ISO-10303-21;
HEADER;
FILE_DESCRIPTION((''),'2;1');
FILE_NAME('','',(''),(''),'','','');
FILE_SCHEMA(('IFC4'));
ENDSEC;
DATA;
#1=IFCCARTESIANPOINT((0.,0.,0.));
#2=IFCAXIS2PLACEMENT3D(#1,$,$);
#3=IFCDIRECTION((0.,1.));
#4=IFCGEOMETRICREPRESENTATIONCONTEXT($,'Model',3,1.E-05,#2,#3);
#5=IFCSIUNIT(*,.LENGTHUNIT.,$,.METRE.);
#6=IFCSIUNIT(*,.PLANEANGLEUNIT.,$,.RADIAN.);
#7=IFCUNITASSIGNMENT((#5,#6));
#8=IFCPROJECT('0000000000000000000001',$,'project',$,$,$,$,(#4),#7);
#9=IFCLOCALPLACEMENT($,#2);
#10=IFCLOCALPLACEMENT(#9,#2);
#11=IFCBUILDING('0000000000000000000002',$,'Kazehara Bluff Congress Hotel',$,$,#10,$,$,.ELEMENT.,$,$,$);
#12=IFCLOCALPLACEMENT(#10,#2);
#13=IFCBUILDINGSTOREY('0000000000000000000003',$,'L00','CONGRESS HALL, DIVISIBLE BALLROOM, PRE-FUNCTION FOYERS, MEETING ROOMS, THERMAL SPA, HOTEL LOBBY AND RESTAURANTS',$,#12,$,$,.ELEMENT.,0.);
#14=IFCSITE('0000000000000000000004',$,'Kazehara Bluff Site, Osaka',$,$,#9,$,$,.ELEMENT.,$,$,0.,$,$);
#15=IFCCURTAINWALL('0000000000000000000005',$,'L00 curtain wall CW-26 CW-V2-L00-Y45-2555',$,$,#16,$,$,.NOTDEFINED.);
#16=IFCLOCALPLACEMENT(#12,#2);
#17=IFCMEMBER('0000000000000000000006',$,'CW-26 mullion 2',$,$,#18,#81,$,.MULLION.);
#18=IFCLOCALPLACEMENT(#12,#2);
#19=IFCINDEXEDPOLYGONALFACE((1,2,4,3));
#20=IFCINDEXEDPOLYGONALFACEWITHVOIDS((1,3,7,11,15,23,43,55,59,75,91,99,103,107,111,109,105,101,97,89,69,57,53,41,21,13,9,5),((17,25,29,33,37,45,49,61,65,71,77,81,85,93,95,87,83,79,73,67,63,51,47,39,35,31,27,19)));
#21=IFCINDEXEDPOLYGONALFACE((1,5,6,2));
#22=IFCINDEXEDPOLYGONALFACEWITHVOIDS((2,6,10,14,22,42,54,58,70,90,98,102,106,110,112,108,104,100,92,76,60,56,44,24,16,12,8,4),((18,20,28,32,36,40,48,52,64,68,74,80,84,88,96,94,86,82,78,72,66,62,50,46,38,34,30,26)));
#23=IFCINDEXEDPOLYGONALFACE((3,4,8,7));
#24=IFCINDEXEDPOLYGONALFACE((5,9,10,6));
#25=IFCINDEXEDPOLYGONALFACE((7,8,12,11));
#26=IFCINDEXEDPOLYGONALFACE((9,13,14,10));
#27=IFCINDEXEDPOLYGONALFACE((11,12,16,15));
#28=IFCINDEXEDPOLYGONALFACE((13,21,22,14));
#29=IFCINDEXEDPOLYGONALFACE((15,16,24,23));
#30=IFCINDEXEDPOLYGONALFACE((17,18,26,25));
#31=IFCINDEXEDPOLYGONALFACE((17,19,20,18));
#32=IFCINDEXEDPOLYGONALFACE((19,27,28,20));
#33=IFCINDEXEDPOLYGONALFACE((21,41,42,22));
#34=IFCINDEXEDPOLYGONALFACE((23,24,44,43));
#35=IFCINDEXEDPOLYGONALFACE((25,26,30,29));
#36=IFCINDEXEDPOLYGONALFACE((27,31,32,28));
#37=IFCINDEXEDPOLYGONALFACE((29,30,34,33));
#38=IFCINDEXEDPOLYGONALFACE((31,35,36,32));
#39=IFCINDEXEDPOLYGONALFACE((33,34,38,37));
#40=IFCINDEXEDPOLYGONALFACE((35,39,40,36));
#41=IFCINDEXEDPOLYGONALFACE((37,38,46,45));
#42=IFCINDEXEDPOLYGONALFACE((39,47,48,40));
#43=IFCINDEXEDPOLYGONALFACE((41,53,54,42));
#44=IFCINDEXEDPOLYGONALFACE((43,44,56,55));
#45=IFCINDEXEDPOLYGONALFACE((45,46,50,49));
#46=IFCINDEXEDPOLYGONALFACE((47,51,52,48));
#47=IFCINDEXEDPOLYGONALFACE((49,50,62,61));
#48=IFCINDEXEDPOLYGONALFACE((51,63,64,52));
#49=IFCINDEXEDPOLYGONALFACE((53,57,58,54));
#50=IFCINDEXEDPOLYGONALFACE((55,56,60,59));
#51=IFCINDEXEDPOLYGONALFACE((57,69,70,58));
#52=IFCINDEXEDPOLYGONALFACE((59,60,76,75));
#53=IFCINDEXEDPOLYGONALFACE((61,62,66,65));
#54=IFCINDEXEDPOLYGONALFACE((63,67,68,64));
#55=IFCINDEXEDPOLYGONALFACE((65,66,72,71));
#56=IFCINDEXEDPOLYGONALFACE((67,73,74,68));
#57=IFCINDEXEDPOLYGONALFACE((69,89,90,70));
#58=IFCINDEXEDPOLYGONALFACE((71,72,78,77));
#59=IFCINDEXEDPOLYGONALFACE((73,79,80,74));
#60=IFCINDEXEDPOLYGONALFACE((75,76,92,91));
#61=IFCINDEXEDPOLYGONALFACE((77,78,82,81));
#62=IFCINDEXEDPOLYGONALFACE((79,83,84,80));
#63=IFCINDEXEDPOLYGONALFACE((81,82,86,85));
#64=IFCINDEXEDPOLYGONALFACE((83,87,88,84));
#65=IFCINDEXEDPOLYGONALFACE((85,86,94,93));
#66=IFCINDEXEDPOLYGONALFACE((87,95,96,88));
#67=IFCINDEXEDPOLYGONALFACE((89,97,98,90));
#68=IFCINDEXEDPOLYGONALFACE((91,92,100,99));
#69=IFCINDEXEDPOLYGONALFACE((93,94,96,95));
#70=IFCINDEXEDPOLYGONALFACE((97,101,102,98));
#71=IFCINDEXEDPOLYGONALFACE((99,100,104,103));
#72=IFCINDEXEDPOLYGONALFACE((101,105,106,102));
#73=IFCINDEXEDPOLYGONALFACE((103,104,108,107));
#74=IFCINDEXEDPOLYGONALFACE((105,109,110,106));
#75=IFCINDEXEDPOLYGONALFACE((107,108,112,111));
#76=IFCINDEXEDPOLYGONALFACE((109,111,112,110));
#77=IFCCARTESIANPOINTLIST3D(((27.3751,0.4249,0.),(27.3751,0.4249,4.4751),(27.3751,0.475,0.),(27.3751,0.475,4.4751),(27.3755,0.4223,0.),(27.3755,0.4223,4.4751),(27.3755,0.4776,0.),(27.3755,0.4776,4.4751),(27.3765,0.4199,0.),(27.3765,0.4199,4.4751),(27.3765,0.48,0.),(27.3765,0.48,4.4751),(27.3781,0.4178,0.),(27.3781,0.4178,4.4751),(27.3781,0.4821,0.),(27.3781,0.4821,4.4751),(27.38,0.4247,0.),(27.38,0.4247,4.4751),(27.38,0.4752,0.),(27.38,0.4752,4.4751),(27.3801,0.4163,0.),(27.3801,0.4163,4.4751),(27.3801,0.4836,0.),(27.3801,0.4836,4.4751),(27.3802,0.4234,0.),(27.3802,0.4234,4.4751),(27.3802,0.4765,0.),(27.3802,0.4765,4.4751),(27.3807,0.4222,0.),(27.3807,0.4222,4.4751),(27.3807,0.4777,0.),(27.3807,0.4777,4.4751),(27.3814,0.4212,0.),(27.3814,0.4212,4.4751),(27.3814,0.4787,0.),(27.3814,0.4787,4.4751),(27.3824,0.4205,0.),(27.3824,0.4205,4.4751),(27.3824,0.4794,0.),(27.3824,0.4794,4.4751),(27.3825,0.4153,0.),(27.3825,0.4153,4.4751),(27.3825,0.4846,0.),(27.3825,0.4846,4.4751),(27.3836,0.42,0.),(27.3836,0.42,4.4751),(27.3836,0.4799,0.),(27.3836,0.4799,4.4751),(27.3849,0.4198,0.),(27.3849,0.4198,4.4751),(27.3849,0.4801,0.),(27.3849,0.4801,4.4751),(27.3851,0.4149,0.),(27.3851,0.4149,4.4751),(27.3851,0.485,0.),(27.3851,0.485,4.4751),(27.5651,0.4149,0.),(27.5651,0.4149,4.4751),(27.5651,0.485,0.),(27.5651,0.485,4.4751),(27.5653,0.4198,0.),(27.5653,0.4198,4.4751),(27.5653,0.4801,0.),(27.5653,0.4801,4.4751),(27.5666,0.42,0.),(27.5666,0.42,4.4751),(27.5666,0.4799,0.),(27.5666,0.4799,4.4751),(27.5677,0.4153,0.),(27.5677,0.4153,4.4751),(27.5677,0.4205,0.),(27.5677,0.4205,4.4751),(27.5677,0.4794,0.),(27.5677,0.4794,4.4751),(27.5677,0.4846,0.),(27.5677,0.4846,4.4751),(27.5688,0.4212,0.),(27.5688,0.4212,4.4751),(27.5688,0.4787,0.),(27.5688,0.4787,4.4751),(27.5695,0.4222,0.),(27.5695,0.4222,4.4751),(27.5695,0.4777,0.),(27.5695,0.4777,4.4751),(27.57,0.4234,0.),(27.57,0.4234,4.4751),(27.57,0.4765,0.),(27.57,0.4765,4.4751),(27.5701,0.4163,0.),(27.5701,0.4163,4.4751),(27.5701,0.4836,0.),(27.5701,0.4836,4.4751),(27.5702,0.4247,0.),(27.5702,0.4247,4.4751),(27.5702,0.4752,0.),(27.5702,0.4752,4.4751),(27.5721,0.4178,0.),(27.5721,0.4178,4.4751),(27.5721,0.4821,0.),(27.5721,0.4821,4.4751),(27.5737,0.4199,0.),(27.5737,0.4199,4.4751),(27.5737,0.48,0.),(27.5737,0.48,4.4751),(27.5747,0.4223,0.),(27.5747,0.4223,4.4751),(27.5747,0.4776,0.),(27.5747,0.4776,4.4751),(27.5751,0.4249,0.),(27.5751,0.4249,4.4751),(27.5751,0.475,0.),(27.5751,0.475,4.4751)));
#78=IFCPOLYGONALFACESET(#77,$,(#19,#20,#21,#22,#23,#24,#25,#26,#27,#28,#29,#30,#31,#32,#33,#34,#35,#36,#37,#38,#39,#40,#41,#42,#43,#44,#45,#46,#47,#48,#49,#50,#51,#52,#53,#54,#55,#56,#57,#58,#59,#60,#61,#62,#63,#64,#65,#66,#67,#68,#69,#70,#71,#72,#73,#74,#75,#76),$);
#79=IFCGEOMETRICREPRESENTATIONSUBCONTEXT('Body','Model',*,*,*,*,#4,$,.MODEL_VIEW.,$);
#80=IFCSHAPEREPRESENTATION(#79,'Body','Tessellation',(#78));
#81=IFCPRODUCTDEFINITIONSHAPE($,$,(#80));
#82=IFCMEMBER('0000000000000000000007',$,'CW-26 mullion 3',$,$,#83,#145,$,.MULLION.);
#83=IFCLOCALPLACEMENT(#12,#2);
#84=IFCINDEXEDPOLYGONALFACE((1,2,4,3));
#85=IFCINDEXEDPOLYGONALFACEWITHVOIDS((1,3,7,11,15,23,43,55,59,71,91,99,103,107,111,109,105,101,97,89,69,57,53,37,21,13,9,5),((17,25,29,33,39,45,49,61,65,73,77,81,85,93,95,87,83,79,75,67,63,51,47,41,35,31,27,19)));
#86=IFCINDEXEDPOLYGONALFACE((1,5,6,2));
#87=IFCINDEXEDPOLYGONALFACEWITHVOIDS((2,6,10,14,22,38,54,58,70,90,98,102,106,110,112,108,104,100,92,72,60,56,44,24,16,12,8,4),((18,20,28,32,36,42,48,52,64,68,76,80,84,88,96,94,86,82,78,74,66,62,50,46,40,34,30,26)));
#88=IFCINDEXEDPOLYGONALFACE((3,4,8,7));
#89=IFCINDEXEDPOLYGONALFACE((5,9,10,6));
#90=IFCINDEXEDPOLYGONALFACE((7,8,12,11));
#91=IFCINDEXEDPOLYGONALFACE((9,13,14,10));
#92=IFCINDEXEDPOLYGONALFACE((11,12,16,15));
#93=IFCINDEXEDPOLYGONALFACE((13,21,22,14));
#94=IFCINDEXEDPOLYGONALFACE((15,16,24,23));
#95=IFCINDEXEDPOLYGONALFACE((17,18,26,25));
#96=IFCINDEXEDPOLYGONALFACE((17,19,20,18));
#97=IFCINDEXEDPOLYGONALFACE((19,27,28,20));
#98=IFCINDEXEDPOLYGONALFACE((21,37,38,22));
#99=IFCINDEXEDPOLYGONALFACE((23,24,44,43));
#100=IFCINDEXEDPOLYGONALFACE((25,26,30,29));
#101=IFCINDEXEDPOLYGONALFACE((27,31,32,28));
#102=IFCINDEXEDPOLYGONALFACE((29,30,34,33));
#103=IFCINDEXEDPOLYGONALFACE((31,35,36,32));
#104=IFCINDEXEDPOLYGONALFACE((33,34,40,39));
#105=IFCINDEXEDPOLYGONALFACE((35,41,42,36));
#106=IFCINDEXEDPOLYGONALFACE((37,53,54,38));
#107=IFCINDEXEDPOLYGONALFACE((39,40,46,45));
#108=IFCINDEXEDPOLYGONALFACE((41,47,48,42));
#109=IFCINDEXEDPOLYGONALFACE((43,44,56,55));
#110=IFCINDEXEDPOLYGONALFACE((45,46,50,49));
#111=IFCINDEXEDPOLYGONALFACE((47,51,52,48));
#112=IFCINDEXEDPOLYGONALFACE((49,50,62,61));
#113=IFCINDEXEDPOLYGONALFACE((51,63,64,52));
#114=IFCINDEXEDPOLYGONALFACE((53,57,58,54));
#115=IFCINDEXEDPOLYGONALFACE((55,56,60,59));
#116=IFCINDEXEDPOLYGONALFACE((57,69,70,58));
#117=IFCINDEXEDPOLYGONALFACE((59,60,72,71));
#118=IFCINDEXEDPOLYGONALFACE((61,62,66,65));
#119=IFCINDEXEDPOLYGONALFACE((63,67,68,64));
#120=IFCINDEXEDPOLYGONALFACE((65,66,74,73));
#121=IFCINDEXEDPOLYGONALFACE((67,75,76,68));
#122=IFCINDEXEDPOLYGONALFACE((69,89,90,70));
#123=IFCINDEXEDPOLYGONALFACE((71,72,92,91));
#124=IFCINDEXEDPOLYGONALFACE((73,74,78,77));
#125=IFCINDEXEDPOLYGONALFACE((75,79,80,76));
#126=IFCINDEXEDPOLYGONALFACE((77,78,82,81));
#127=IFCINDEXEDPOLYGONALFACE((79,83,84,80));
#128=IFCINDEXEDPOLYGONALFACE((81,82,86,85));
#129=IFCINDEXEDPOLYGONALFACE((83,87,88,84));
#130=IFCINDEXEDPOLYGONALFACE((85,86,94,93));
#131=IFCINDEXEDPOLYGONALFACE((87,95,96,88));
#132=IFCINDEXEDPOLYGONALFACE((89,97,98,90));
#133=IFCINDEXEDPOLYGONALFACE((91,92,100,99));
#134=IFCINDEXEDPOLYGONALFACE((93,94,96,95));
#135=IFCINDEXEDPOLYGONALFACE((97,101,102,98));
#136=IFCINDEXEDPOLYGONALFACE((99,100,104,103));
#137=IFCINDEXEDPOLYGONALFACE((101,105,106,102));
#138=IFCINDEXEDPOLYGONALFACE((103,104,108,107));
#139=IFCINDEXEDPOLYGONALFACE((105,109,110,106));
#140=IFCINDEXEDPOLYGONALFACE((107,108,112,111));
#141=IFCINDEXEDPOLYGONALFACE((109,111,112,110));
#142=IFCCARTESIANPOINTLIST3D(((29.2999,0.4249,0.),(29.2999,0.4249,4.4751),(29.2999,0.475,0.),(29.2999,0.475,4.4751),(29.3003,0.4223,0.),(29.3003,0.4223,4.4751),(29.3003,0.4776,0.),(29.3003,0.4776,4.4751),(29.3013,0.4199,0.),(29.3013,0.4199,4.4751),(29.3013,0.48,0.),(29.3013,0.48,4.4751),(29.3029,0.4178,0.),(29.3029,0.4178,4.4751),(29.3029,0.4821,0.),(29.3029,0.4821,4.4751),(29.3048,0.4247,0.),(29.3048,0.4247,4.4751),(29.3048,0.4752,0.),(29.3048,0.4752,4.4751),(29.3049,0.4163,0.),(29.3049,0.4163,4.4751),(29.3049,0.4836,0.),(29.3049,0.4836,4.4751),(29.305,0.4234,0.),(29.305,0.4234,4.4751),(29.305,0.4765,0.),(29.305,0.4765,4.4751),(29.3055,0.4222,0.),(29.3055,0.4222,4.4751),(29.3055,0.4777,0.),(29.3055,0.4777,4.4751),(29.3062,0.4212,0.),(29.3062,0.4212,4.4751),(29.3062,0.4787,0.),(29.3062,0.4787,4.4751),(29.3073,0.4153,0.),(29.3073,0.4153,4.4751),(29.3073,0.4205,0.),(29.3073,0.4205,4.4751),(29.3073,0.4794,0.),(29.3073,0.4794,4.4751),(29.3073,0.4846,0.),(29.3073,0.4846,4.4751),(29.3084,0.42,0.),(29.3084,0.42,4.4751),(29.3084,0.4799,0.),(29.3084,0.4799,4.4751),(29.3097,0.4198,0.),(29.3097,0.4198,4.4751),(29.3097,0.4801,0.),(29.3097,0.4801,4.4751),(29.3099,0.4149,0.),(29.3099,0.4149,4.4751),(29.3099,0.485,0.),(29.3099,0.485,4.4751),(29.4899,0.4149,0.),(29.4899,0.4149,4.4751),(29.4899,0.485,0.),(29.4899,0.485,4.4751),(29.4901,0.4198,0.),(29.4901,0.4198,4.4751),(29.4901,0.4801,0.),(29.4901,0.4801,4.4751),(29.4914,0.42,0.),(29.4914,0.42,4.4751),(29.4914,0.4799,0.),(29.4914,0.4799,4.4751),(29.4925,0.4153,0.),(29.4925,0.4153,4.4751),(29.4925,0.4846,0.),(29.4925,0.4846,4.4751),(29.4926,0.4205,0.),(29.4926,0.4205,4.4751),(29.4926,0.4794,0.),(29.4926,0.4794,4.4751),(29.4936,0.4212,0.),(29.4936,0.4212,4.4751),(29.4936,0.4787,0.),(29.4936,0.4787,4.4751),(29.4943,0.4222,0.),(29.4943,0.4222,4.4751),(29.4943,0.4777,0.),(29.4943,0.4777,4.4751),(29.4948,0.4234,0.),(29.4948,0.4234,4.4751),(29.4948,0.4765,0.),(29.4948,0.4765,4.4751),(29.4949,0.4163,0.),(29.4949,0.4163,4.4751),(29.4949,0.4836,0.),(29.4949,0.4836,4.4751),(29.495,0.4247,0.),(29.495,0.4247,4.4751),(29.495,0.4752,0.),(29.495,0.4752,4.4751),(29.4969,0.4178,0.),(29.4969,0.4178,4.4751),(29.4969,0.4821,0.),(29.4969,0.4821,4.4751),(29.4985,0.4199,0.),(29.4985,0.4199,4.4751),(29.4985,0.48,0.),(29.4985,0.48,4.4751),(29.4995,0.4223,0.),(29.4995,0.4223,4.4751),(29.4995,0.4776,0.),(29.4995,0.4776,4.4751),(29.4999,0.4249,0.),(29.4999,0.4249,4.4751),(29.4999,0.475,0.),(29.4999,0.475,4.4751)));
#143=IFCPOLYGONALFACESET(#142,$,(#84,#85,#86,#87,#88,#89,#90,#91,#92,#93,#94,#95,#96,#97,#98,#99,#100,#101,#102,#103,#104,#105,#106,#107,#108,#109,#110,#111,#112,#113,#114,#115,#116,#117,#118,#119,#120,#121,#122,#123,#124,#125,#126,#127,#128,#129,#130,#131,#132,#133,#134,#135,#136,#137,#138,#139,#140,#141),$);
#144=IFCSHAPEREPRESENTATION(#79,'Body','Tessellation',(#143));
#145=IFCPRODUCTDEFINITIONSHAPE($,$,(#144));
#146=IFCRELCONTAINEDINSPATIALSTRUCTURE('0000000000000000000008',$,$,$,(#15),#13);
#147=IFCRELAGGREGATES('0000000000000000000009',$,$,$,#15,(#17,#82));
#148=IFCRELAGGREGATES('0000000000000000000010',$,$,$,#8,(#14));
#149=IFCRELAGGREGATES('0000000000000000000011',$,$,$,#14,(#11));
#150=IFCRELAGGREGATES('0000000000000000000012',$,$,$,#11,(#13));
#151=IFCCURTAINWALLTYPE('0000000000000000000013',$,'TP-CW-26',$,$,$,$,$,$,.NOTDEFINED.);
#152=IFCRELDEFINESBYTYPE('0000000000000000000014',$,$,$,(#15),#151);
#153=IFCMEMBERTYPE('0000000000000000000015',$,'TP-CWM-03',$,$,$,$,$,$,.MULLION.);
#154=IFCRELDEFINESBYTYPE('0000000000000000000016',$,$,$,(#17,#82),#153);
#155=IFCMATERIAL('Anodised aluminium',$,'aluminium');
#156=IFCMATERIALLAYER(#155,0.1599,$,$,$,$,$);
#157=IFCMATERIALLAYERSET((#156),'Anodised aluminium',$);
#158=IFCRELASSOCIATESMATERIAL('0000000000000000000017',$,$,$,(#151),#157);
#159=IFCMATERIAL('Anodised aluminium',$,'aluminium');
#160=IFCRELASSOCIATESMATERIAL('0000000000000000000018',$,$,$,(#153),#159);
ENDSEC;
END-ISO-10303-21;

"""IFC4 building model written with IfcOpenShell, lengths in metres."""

from ifc_helpers import new_model, si_unit, direction, frame, origin, origin_2d, place, context, subcontext, project, spatial, hollow_rectangle, extrude, material, layer, layer_set, material_profile, profile_set, type_object, element, aggregate, save


model = new_model("IFC4")

# Units and contexts
model_context = context("Model", 3, precision=1e-05, world=origin(), true_north=direction((0.0, 1.0)))
body_context = subcontext(model_context, "Body", "Model", "MODEL_VIEW")
ifc_project = project(units=[si_unit("LENGTHUNIT", "METRE"), si_unit("PLANEANGLEUNIT", "RADIAN")], contexts=[model_context])

# Site, building, storey
site_placement = place(None, origin())
site = spatial("IfcSite", under=ifc_project, at=site_placement, Name="Kazehara Bluff Site, Osaka", CompositionType="ELEMENT", RefElevation=0.0)
building_placement = place(site_placement, origin())
building = spatial("IfcBuilding", under=site, at=building_placement, Name="Kazehara Bluff Congress Hotel", CompositionType="ELEMENT")
storey_placement = place(building_placement, origin())
storey = spatial("IfcBuildingStorey", under=building, at=storey_placement, Name="L00", Description="CONGRESS HALL, DIVISIBLE BALLROOM, PRE-FUNCTION FOYERS, MEETING ROOMS, THERMAL SPA, HOTEL LOBBY AND RESTAURANTS", CompositionType="ELEMENT", Elevation=0.0)

# Curtain wall, members
ifc_material_1 = material(Name="Anodised aluminium", Category="aluminium")
ifc_layer_1 = layer(ifc_material_1, 0.1599)
ifc_layer_set_1 = layer_set([ifc_layer_1], Name="Anodised aluminium")
curtain_wall_type = type_object("IfcCurtainWallType", Name="TP-CW-26", PredefinedType="NOTDEFINED", material=ifc_layer_set_1)
curtain_wall_placement = place(storey_placement, origin())
curtain_wall = element("IfcCurtainWall", 1, at=curtain_wall_placement, inside=storey, type_object=curtain_wall_type, Name="L00 curtain wall CW-26 CW-V2-L00-Y45-2555", PredefinedType="NOTDEFINED")
ifc_material_2 = material(Name="Anodised aluminium", Category="aluminium")
ifc_material_profile_1 = material_profile(ifc_material_2, hollow_rectangle(XDim=0.0701, YDim=0.2, WallThickness=0.0049, InnerFilletRadius=0.0049, OuterFilletRadius=0.01, at=origin_2d()))
ifc_profile_set_1 = profile_set([ifc_material_profile_1], Name="Anodised aluminium")
member_type_1 = type_object("IfcMemberType", Name="TP-CWM-03", PredefinedType="MULLION", material=ifc_profile_set_1)
member_1_placement = place(storey_placement, frame((27.4751, 0.45, 0.0), z_axis=(0.0, 0.0, 1.0), x_axis=(0.0, 1.0, 0.0)))
member_1 = element("IfcMember", 2, at=member_1_placement, type_object=member_type_1, Name="CW-26 mullion 2", PredefinedType="MULLION", context=body_context, shape_type="SweptSolid", body=[
    extrude(hollow_rectangle(XDim=0.0701, YDim=0.2, WallThickness=0.0049, InnerFilletRadius=0.0049, OuterFilletRadius=0.01, at=origin_2d()), origin(), (0.0, 0.0, 1.0), 4.4751),
])
member_2_placement = place(storey_placement, frame((29.3999, 0.45, 0.0), z_axis=(0.0, 0.0, 1.0), x_axis=(0.0, 1.0, 0.0)))
member_2 = element("IfcMember", 3, at=member_2_placement, type_object=member_type_1, Name="CW-26 mullion 3", PredefinedType="MULLION", context=body_context, shape_type="SweptSolid", body=[
    extrude(hollow_rectangle(XDim=0.0701, YDim=0.2, WallThickness=0.0049, InnerFilletRadius=0.0049, OuterFilletRadius=0.01, at=origin_2d()), origin(), (0.0, 0.0, 1.0), 4.4751),
])
aggregate(curtain_wall, [member_1, member_2])

save(model, "model.ifc")
